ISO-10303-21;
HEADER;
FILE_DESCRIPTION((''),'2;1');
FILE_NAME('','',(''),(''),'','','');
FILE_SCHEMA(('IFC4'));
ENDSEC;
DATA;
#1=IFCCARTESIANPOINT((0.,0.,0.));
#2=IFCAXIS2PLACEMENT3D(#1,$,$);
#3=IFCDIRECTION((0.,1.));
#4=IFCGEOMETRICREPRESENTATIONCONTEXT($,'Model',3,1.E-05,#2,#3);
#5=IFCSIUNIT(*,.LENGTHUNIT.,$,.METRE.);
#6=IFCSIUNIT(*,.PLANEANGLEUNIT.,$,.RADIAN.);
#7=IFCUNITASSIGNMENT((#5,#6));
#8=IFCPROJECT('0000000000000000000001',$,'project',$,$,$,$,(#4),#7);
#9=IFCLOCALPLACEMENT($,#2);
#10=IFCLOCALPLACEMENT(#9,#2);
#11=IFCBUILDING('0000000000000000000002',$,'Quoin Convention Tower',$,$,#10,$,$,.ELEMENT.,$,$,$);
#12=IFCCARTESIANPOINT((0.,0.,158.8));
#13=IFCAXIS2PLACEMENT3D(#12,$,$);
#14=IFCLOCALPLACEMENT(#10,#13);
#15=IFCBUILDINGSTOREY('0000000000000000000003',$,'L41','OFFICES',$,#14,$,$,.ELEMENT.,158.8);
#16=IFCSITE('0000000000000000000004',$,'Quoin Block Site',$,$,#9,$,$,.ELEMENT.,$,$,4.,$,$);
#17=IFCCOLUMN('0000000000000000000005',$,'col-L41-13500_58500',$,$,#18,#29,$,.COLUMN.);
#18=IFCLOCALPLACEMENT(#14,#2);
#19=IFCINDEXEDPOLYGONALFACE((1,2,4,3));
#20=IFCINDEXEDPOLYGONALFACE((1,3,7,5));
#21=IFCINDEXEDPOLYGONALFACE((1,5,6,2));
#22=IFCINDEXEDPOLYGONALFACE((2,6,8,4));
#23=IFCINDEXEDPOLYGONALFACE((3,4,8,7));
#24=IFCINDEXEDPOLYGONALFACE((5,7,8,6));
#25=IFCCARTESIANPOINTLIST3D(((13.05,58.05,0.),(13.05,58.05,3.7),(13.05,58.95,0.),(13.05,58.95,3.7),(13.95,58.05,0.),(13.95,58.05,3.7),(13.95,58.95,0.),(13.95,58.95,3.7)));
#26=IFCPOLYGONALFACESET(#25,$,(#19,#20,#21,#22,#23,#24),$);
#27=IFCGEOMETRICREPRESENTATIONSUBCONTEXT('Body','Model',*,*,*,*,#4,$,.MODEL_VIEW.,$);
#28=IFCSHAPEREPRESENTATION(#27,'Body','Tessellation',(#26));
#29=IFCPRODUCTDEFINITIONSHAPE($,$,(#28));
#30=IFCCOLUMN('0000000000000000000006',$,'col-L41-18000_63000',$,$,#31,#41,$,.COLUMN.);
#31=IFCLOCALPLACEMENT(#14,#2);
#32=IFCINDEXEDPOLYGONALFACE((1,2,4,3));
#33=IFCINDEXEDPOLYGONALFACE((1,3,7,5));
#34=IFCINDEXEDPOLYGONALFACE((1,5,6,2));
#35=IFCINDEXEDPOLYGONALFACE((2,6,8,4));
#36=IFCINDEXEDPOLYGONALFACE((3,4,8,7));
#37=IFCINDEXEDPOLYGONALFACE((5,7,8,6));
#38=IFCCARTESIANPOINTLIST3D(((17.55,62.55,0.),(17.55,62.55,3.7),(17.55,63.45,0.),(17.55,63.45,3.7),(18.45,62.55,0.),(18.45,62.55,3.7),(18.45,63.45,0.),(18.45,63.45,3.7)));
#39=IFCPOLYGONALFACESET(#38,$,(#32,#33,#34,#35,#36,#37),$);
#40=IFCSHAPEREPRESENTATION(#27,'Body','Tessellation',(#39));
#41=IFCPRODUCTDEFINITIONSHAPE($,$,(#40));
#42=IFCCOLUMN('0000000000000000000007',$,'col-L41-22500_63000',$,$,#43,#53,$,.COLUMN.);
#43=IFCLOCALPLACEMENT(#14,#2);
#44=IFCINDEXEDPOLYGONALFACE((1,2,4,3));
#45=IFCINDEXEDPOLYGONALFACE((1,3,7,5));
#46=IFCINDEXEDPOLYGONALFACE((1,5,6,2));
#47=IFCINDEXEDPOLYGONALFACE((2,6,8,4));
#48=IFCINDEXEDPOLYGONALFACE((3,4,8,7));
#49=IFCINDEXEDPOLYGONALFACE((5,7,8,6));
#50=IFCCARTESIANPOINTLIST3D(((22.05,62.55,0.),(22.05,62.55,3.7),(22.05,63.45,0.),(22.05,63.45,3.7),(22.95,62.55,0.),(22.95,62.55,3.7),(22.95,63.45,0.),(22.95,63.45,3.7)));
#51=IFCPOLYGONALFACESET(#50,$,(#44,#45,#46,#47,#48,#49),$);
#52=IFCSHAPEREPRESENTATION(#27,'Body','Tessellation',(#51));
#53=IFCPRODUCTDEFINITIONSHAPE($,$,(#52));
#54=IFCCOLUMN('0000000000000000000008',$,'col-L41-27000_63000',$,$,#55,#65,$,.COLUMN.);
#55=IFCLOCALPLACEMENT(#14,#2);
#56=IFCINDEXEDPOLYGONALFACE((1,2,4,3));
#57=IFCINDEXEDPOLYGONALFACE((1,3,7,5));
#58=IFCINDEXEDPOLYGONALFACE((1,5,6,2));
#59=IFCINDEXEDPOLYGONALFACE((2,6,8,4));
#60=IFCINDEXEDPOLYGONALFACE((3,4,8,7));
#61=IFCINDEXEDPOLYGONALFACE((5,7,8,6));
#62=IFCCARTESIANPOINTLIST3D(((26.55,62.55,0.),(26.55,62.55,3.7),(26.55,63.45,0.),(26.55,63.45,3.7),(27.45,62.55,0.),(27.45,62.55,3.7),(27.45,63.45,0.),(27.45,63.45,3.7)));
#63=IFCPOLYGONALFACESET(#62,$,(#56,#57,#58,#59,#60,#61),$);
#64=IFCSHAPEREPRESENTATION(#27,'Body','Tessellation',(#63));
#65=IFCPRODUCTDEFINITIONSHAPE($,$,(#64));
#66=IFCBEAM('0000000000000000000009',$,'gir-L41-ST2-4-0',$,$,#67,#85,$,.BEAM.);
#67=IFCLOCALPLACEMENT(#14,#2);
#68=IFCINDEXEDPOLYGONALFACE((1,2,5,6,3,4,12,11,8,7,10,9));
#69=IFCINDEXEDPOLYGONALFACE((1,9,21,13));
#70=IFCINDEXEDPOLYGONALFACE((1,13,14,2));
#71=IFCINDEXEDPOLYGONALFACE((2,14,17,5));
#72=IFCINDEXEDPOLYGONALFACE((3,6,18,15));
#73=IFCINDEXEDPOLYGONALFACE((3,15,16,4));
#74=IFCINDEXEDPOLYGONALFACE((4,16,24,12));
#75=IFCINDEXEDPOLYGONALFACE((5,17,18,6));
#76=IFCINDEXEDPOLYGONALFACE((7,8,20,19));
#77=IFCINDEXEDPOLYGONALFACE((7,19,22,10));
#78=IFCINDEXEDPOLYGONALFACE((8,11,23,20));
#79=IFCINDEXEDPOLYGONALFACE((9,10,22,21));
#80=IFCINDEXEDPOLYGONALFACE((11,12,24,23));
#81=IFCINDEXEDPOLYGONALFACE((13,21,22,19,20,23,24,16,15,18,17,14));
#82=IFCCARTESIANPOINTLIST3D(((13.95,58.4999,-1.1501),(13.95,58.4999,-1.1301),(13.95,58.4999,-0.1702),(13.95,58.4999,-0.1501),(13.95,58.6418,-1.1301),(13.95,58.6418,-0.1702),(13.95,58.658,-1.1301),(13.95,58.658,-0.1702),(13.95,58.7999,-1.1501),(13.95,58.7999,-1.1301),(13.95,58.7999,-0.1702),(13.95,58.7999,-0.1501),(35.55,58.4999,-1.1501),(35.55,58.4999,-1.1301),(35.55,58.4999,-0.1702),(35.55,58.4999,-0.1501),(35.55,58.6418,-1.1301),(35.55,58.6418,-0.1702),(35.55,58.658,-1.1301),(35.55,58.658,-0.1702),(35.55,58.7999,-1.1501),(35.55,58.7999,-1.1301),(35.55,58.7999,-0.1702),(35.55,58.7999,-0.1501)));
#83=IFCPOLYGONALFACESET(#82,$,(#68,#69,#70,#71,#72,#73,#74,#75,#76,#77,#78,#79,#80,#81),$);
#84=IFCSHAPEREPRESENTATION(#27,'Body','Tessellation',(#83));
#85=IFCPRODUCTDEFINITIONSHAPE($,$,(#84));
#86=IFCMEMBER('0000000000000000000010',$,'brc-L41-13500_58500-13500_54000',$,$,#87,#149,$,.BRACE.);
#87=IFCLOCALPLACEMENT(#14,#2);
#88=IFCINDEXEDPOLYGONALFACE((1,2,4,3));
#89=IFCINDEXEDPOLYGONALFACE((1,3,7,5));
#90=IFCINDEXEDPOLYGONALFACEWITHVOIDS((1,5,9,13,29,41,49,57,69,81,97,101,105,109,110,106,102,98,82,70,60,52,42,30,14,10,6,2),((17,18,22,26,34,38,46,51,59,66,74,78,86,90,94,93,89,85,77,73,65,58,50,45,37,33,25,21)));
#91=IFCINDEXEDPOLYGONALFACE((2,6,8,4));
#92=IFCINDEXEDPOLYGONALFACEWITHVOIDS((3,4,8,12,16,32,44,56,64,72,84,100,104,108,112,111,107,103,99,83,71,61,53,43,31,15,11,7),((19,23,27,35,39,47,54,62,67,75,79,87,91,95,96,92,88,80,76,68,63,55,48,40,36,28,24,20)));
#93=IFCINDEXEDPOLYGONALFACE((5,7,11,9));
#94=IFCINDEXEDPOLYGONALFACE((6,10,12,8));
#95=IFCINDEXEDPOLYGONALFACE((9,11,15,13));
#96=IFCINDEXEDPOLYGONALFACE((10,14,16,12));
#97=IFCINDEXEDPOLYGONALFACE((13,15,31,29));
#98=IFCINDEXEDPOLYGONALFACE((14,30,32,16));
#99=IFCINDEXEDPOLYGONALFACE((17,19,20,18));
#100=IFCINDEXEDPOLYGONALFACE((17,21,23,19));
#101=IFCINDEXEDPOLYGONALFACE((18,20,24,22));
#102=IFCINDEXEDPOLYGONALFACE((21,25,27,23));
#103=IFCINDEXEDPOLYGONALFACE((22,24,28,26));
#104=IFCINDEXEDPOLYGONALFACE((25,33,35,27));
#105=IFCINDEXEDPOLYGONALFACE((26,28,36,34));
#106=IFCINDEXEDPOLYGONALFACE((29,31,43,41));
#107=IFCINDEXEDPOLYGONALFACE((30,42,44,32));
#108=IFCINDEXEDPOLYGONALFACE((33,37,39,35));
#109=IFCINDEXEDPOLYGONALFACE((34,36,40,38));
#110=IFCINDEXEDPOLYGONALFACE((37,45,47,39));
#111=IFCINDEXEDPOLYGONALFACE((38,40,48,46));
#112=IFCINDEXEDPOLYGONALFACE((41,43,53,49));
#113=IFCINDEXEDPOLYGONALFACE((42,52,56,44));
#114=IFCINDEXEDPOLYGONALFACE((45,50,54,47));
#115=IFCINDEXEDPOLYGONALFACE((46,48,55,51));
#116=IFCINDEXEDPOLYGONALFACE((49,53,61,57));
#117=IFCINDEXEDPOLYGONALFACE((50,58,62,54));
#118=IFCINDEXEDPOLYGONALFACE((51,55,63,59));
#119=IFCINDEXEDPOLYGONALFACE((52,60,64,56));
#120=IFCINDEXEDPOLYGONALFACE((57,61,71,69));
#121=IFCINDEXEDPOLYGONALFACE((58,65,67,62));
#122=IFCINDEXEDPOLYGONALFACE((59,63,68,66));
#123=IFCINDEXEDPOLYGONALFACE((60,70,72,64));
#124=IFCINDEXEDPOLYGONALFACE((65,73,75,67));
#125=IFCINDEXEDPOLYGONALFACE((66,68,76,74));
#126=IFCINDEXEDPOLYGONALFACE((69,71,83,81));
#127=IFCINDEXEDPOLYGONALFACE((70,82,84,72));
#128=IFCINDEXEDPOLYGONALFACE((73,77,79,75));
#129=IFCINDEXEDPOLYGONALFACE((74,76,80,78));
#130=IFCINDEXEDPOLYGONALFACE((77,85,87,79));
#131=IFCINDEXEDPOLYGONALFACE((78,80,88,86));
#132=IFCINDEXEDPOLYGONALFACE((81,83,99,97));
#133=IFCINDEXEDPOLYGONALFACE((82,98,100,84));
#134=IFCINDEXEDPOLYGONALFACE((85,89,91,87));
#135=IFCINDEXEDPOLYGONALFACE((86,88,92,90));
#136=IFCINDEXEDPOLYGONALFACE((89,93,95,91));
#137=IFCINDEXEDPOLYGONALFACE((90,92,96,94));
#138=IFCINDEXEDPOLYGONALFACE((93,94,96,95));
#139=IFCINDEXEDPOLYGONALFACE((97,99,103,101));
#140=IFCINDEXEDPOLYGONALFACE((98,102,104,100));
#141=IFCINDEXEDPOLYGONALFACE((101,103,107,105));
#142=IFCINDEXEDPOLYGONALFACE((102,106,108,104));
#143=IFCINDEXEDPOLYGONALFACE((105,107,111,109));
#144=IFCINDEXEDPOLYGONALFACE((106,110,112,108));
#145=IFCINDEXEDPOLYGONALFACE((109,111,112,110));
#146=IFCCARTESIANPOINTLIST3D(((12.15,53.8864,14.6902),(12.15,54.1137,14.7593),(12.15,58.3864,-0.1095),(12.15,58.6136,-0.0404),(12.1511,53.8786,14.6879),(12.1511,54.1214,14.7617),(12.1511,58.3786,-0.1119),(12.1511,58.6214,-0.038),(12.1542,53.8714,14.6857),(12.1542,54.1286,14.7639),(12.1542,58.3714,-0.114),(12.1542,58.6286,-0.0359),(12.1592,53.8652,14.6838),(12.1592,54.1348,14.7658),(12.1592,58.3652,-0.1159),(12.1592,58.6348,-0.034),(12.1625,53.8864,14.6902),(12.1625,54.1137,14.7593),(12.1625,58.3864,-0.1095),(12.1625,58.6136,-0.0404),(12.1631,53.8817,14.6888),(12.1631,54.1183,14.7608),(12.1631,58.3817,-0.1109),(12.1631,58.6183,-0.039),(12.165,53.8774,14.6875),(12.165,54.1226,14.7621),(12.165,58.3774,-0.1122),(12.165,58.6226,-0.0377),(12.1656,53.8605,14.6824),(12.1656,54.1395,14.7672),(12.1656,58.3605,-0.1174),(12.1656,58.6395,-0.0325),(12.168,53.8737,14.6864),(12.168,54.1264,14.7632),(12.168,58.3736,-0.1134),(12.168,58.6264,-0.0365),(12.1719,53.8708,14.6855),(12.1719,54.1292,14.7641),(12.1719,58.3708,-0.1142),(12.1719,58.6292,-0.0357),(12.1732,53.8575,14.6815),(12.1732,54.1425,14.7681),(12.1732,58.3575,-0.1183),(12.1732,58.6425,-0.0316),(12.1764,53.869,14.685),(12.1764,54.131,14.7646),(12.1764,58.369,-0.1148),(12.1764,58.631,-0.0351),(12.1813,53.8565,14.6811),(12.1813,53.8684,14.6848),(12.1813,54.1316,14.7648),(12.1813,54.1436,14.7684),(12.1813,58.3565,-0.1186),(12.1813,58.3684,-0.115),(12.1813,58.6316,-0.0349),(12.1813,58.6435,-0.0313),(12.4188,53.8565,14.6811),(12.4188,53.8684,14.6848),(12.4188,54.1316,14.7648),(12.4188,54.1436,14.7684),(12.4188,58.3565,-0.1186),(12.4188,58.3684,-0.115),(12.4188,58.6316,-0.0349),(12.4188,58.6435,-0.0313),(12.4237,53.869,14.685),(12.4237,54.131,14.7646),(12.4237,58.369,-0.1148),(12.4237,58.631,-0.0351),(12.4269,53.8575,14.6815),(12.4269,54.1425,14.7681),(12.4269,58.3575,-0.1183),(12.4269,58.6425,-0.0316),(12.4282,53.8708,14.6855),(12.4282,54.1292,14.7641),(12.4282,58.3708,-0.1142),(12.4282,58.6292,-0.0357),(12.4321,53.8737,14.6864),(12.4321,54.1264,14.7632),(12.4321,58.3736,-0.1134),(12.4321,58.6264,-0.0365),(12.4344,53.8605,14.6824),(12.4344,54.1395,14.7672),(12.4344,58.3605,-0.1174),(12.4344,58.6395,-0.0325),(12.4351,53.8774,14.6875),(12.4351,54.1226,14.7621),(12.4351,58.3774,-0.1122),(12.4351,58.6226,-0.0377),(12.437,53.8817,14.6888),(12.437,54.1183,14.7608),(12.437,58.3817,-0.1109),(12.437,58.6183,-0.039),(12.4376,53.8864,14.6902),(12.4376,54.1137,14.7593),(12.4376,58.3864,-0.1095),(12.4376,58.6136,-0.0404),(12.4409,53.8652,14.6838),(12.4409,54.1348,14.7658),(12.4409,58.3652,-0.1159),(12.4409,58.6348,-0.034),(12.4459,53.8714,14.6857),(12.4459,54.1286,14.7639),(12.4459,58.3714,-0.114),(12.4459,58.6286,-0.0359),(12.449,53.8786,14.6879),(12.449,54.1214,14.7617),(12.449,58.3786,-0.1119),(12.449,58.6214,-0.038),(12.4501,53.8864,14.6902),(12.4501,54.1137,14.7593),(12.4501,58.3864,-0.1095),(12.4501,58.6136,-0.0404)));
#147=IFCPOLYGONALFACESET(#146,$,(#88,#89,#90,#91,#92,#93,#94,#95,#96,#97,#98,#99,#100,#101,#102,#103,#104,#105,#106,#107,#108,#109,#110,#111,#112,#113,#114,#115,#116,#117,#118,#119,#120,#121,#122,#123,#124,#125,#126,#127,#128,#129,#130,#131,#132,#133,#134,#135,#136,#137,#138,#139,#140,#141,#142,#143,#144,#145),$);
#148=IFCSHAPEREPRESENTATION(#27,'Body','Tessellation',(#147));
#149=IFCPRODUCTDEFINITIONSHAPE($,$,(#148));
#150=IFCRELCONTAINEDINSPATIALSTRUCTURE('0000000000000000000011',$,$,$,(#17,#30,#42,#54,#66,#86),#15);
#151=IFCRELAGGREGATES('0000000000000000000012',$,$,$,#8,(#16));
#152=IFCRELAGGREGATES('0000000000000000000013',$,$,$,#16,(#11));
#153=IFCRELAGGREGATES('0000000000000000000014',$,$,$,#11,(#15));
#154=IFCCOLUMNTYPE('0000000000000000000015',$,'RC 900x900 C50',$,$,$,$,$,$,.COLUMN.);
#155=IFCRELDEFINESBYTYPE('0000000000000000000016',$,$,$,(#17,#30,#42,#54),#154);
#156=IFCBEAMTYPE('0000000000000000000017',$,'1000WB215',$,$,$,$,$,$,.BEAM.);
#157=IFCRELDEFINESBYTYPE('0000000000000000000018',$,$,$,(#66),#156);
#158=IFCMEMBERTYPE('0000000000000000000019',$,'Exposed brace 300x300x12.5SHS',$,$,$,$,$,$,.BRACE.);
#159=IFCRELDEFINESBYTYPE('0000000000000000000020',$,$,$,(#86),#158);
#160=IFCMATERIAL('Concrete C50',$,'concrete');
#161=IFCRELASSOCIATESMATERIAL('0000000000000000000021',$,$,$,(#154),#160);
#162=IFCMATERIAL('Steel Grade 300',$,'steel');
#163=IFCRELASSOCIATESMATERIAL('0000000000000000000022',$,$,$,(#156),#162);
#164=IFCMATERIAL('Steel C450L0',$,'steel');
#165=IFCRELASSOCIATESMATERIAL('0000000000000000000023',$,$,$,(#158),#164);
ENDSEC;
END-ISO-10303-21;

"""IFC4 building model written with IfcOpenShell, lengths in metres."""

from ifc_helpers import new_model, si_unit, direction, frame, origin, origin_2d, place, context, subcontext, project, spatial, rectangle, hollow_rectangle, i_section, extrude, material, material_profile, profile_set, type_object, element, save


model = new_model("IFC4")

# Units and contexts
model_context = context("Model", 3, precision=1e-05, world=origin(), true_north=direction((0.0, 1.0)))
body_context = subcontext(model_context, "Body", "Model", "MODEL_VIEW")
ifc_project = project(units=[si_unit("LENGTHUNIT", "METRE"), si_unit("PLANEANGLEUNIT", "RADIAN")], contexts=[model_context])

# Site, building, storey
site_placement = place(None, origin())
site = spatial("IfcSite", under=ifc_project, at=site_placement, Name="Quoin Block Site", CompositionType="ELEMENT", RefElevation=4.0)
building_placement = place(site_placement, origin())
building = spatial("IfcBuilding", under=site, at=building_placement, Name="Quoin Convention Tower", CompositionType="ELEMENT")
storey_placement = place(building_placement, frame((0.0, 0.0, 158.8)))
storey = spatial("IfcBuildingStorey", under=building, at=storey_placement, Name="L41", Description="OFFICES", CompositionType="ELEMENT", Elevation=158.8)

# Columns
ifc_material_1 = material(Name="Concrete C50", Category="concrete")
ifc_material_profile_1 = material_profile(ifc_material_1, rectangle(XDim=0.8999, YDim=0.8999, at=origin_2d()), Name="RC 900x900")
ifc_profile_set_1 = profile_set([ifc_material_profile_1], Name="Concrete C50")
column_type = type_object("IfcColumnType", Name="RC 900x900 C50", PredefinedType="COLUMN", material=ifc_profile_set_1)
for number, where, z_axis, x_axis, name in (
    (1, (13.5, 58.5, 0.0), (0.0, 0.0, 1.0), (1.0, 0.0, 0.0), "col-L41-13500_58500"),
    (2, (18.0, 63.0, 0.0), (0.0, 0.0, 1.0), (1.0, 0.0, 0.0), "col-L41-18000_63000"),
    (3, (22.5, 63.0, 0.0), (0.0, 0.0, 1.0), (1.0, 0.0, 0.0), "col-L41-22500_63000"),
    (4, (27.0, 63.0, 0.0), (0.0, 0.0, 1.0), (1.0, 0.0, 0.0), "col-L41-27000_63000"),
):
    element("IfcColumn", number, at=place(storey_placement, frame(where, z_axis=z_axis, x_axis=x_axis)), inside=storey, type_object=column_type, Name=name, PredefinedType="COLUMN", context=body_context, shape_type="SweptSolid", body=[
        extrude(rectangle(XDim=0.8999, YDim=0.8999, at=origin_2d()), origin(), (0.0, 0.0, 1.0), 3.7),
    ])

# Beam
ifc_material_2 = material(Name="Steel Grade 300", Category="steel")
ifc_material_profile_2 = material_profile(ifc_material_2, i_section(OverallWidth=0.3, OverallDepth=1.0, WebThickness=0.0161, FlangeThickness=0.02, at=origin_2d()), Name="1000WB215")
ifc_profile_set_2 = profile_set([ifc_material_profile_2], Name="Steel Grade 300")
beam_type_1 = type_object("IfcBeamType", Name="1000WB215", PredefinedType="BEAM", material=ifc_profile_set_2)
beam_1_placement = place(storey_placement, frame((13.95, 58.6499, -0.6501), z_axis=(1.0, 0.0, 0.0), x_axis=(0.0, 1.0, 0.0)))
element("IfcBeam", 5, at=beam_1_placement, inside=storey, type_object=beam_type_1, Name="gir-L41-ST2-4-0", PredefinedType="BEAM", context=body_context, shape_type="SweptSolid", body=[
    extrude(i_section(OverallWidth=0.3, OverallDepth=1.0, WebThickness=0.0161, FlangeThickness=0.02, at=origin_2d()), origin(), (0.0, 0.0, 1.0), 21.6001),
])

# Member
ifc_material_3 = material(Name="Steel C450L0", Category="steel")
ifc_material_profile_3 = material_profile(ifc_material_3, hollow_rectangle(XDim=0.3, YDim=0.3, WallThickness=0.0125, InnerFilletRadius=0.0188, OuterFilletRadius=0.0312, at=origin_2d()), Name="300x300x12.5SHS")
ifc_profile_set_3 = profile_set([ifc_material_profile_3], Name="Steel C450L0")
member_type = type_object("IfcMemberType", Name="Exposed brace 300x300x12.5SHS", PredefinedType="BRACE", material=ifc_profile_set_3)
for number, where, z_axis, x_axis, name in (
    (6, (12.3, 58.5, -0.075), (0.0, -0.290908, 0.956751), (1.0, 0.0, 0.0), "brc-L41-13500_58500-13500_54000"),
):
    element("IfcMember", number, at=place(storey_placement, frame(where, z_axis=z_axis, x_axis=x_axis)), inside=storey, type_object=member_type, Name=name, PredefinedType="BRACE", context=body_context, shape_type="SweptSolid", body=[
        extrude(hollow_rectangle(XDim=0.3, YDim=0.3, WallThickness=0.0125, InnerFilletRadius=0.0188, OuterFilletRadius=0.0312, at=origin_2d()), origin(), (0.0, 0.0, 1.0), 15.4688),
    ])

save(model, "model.ifc")
